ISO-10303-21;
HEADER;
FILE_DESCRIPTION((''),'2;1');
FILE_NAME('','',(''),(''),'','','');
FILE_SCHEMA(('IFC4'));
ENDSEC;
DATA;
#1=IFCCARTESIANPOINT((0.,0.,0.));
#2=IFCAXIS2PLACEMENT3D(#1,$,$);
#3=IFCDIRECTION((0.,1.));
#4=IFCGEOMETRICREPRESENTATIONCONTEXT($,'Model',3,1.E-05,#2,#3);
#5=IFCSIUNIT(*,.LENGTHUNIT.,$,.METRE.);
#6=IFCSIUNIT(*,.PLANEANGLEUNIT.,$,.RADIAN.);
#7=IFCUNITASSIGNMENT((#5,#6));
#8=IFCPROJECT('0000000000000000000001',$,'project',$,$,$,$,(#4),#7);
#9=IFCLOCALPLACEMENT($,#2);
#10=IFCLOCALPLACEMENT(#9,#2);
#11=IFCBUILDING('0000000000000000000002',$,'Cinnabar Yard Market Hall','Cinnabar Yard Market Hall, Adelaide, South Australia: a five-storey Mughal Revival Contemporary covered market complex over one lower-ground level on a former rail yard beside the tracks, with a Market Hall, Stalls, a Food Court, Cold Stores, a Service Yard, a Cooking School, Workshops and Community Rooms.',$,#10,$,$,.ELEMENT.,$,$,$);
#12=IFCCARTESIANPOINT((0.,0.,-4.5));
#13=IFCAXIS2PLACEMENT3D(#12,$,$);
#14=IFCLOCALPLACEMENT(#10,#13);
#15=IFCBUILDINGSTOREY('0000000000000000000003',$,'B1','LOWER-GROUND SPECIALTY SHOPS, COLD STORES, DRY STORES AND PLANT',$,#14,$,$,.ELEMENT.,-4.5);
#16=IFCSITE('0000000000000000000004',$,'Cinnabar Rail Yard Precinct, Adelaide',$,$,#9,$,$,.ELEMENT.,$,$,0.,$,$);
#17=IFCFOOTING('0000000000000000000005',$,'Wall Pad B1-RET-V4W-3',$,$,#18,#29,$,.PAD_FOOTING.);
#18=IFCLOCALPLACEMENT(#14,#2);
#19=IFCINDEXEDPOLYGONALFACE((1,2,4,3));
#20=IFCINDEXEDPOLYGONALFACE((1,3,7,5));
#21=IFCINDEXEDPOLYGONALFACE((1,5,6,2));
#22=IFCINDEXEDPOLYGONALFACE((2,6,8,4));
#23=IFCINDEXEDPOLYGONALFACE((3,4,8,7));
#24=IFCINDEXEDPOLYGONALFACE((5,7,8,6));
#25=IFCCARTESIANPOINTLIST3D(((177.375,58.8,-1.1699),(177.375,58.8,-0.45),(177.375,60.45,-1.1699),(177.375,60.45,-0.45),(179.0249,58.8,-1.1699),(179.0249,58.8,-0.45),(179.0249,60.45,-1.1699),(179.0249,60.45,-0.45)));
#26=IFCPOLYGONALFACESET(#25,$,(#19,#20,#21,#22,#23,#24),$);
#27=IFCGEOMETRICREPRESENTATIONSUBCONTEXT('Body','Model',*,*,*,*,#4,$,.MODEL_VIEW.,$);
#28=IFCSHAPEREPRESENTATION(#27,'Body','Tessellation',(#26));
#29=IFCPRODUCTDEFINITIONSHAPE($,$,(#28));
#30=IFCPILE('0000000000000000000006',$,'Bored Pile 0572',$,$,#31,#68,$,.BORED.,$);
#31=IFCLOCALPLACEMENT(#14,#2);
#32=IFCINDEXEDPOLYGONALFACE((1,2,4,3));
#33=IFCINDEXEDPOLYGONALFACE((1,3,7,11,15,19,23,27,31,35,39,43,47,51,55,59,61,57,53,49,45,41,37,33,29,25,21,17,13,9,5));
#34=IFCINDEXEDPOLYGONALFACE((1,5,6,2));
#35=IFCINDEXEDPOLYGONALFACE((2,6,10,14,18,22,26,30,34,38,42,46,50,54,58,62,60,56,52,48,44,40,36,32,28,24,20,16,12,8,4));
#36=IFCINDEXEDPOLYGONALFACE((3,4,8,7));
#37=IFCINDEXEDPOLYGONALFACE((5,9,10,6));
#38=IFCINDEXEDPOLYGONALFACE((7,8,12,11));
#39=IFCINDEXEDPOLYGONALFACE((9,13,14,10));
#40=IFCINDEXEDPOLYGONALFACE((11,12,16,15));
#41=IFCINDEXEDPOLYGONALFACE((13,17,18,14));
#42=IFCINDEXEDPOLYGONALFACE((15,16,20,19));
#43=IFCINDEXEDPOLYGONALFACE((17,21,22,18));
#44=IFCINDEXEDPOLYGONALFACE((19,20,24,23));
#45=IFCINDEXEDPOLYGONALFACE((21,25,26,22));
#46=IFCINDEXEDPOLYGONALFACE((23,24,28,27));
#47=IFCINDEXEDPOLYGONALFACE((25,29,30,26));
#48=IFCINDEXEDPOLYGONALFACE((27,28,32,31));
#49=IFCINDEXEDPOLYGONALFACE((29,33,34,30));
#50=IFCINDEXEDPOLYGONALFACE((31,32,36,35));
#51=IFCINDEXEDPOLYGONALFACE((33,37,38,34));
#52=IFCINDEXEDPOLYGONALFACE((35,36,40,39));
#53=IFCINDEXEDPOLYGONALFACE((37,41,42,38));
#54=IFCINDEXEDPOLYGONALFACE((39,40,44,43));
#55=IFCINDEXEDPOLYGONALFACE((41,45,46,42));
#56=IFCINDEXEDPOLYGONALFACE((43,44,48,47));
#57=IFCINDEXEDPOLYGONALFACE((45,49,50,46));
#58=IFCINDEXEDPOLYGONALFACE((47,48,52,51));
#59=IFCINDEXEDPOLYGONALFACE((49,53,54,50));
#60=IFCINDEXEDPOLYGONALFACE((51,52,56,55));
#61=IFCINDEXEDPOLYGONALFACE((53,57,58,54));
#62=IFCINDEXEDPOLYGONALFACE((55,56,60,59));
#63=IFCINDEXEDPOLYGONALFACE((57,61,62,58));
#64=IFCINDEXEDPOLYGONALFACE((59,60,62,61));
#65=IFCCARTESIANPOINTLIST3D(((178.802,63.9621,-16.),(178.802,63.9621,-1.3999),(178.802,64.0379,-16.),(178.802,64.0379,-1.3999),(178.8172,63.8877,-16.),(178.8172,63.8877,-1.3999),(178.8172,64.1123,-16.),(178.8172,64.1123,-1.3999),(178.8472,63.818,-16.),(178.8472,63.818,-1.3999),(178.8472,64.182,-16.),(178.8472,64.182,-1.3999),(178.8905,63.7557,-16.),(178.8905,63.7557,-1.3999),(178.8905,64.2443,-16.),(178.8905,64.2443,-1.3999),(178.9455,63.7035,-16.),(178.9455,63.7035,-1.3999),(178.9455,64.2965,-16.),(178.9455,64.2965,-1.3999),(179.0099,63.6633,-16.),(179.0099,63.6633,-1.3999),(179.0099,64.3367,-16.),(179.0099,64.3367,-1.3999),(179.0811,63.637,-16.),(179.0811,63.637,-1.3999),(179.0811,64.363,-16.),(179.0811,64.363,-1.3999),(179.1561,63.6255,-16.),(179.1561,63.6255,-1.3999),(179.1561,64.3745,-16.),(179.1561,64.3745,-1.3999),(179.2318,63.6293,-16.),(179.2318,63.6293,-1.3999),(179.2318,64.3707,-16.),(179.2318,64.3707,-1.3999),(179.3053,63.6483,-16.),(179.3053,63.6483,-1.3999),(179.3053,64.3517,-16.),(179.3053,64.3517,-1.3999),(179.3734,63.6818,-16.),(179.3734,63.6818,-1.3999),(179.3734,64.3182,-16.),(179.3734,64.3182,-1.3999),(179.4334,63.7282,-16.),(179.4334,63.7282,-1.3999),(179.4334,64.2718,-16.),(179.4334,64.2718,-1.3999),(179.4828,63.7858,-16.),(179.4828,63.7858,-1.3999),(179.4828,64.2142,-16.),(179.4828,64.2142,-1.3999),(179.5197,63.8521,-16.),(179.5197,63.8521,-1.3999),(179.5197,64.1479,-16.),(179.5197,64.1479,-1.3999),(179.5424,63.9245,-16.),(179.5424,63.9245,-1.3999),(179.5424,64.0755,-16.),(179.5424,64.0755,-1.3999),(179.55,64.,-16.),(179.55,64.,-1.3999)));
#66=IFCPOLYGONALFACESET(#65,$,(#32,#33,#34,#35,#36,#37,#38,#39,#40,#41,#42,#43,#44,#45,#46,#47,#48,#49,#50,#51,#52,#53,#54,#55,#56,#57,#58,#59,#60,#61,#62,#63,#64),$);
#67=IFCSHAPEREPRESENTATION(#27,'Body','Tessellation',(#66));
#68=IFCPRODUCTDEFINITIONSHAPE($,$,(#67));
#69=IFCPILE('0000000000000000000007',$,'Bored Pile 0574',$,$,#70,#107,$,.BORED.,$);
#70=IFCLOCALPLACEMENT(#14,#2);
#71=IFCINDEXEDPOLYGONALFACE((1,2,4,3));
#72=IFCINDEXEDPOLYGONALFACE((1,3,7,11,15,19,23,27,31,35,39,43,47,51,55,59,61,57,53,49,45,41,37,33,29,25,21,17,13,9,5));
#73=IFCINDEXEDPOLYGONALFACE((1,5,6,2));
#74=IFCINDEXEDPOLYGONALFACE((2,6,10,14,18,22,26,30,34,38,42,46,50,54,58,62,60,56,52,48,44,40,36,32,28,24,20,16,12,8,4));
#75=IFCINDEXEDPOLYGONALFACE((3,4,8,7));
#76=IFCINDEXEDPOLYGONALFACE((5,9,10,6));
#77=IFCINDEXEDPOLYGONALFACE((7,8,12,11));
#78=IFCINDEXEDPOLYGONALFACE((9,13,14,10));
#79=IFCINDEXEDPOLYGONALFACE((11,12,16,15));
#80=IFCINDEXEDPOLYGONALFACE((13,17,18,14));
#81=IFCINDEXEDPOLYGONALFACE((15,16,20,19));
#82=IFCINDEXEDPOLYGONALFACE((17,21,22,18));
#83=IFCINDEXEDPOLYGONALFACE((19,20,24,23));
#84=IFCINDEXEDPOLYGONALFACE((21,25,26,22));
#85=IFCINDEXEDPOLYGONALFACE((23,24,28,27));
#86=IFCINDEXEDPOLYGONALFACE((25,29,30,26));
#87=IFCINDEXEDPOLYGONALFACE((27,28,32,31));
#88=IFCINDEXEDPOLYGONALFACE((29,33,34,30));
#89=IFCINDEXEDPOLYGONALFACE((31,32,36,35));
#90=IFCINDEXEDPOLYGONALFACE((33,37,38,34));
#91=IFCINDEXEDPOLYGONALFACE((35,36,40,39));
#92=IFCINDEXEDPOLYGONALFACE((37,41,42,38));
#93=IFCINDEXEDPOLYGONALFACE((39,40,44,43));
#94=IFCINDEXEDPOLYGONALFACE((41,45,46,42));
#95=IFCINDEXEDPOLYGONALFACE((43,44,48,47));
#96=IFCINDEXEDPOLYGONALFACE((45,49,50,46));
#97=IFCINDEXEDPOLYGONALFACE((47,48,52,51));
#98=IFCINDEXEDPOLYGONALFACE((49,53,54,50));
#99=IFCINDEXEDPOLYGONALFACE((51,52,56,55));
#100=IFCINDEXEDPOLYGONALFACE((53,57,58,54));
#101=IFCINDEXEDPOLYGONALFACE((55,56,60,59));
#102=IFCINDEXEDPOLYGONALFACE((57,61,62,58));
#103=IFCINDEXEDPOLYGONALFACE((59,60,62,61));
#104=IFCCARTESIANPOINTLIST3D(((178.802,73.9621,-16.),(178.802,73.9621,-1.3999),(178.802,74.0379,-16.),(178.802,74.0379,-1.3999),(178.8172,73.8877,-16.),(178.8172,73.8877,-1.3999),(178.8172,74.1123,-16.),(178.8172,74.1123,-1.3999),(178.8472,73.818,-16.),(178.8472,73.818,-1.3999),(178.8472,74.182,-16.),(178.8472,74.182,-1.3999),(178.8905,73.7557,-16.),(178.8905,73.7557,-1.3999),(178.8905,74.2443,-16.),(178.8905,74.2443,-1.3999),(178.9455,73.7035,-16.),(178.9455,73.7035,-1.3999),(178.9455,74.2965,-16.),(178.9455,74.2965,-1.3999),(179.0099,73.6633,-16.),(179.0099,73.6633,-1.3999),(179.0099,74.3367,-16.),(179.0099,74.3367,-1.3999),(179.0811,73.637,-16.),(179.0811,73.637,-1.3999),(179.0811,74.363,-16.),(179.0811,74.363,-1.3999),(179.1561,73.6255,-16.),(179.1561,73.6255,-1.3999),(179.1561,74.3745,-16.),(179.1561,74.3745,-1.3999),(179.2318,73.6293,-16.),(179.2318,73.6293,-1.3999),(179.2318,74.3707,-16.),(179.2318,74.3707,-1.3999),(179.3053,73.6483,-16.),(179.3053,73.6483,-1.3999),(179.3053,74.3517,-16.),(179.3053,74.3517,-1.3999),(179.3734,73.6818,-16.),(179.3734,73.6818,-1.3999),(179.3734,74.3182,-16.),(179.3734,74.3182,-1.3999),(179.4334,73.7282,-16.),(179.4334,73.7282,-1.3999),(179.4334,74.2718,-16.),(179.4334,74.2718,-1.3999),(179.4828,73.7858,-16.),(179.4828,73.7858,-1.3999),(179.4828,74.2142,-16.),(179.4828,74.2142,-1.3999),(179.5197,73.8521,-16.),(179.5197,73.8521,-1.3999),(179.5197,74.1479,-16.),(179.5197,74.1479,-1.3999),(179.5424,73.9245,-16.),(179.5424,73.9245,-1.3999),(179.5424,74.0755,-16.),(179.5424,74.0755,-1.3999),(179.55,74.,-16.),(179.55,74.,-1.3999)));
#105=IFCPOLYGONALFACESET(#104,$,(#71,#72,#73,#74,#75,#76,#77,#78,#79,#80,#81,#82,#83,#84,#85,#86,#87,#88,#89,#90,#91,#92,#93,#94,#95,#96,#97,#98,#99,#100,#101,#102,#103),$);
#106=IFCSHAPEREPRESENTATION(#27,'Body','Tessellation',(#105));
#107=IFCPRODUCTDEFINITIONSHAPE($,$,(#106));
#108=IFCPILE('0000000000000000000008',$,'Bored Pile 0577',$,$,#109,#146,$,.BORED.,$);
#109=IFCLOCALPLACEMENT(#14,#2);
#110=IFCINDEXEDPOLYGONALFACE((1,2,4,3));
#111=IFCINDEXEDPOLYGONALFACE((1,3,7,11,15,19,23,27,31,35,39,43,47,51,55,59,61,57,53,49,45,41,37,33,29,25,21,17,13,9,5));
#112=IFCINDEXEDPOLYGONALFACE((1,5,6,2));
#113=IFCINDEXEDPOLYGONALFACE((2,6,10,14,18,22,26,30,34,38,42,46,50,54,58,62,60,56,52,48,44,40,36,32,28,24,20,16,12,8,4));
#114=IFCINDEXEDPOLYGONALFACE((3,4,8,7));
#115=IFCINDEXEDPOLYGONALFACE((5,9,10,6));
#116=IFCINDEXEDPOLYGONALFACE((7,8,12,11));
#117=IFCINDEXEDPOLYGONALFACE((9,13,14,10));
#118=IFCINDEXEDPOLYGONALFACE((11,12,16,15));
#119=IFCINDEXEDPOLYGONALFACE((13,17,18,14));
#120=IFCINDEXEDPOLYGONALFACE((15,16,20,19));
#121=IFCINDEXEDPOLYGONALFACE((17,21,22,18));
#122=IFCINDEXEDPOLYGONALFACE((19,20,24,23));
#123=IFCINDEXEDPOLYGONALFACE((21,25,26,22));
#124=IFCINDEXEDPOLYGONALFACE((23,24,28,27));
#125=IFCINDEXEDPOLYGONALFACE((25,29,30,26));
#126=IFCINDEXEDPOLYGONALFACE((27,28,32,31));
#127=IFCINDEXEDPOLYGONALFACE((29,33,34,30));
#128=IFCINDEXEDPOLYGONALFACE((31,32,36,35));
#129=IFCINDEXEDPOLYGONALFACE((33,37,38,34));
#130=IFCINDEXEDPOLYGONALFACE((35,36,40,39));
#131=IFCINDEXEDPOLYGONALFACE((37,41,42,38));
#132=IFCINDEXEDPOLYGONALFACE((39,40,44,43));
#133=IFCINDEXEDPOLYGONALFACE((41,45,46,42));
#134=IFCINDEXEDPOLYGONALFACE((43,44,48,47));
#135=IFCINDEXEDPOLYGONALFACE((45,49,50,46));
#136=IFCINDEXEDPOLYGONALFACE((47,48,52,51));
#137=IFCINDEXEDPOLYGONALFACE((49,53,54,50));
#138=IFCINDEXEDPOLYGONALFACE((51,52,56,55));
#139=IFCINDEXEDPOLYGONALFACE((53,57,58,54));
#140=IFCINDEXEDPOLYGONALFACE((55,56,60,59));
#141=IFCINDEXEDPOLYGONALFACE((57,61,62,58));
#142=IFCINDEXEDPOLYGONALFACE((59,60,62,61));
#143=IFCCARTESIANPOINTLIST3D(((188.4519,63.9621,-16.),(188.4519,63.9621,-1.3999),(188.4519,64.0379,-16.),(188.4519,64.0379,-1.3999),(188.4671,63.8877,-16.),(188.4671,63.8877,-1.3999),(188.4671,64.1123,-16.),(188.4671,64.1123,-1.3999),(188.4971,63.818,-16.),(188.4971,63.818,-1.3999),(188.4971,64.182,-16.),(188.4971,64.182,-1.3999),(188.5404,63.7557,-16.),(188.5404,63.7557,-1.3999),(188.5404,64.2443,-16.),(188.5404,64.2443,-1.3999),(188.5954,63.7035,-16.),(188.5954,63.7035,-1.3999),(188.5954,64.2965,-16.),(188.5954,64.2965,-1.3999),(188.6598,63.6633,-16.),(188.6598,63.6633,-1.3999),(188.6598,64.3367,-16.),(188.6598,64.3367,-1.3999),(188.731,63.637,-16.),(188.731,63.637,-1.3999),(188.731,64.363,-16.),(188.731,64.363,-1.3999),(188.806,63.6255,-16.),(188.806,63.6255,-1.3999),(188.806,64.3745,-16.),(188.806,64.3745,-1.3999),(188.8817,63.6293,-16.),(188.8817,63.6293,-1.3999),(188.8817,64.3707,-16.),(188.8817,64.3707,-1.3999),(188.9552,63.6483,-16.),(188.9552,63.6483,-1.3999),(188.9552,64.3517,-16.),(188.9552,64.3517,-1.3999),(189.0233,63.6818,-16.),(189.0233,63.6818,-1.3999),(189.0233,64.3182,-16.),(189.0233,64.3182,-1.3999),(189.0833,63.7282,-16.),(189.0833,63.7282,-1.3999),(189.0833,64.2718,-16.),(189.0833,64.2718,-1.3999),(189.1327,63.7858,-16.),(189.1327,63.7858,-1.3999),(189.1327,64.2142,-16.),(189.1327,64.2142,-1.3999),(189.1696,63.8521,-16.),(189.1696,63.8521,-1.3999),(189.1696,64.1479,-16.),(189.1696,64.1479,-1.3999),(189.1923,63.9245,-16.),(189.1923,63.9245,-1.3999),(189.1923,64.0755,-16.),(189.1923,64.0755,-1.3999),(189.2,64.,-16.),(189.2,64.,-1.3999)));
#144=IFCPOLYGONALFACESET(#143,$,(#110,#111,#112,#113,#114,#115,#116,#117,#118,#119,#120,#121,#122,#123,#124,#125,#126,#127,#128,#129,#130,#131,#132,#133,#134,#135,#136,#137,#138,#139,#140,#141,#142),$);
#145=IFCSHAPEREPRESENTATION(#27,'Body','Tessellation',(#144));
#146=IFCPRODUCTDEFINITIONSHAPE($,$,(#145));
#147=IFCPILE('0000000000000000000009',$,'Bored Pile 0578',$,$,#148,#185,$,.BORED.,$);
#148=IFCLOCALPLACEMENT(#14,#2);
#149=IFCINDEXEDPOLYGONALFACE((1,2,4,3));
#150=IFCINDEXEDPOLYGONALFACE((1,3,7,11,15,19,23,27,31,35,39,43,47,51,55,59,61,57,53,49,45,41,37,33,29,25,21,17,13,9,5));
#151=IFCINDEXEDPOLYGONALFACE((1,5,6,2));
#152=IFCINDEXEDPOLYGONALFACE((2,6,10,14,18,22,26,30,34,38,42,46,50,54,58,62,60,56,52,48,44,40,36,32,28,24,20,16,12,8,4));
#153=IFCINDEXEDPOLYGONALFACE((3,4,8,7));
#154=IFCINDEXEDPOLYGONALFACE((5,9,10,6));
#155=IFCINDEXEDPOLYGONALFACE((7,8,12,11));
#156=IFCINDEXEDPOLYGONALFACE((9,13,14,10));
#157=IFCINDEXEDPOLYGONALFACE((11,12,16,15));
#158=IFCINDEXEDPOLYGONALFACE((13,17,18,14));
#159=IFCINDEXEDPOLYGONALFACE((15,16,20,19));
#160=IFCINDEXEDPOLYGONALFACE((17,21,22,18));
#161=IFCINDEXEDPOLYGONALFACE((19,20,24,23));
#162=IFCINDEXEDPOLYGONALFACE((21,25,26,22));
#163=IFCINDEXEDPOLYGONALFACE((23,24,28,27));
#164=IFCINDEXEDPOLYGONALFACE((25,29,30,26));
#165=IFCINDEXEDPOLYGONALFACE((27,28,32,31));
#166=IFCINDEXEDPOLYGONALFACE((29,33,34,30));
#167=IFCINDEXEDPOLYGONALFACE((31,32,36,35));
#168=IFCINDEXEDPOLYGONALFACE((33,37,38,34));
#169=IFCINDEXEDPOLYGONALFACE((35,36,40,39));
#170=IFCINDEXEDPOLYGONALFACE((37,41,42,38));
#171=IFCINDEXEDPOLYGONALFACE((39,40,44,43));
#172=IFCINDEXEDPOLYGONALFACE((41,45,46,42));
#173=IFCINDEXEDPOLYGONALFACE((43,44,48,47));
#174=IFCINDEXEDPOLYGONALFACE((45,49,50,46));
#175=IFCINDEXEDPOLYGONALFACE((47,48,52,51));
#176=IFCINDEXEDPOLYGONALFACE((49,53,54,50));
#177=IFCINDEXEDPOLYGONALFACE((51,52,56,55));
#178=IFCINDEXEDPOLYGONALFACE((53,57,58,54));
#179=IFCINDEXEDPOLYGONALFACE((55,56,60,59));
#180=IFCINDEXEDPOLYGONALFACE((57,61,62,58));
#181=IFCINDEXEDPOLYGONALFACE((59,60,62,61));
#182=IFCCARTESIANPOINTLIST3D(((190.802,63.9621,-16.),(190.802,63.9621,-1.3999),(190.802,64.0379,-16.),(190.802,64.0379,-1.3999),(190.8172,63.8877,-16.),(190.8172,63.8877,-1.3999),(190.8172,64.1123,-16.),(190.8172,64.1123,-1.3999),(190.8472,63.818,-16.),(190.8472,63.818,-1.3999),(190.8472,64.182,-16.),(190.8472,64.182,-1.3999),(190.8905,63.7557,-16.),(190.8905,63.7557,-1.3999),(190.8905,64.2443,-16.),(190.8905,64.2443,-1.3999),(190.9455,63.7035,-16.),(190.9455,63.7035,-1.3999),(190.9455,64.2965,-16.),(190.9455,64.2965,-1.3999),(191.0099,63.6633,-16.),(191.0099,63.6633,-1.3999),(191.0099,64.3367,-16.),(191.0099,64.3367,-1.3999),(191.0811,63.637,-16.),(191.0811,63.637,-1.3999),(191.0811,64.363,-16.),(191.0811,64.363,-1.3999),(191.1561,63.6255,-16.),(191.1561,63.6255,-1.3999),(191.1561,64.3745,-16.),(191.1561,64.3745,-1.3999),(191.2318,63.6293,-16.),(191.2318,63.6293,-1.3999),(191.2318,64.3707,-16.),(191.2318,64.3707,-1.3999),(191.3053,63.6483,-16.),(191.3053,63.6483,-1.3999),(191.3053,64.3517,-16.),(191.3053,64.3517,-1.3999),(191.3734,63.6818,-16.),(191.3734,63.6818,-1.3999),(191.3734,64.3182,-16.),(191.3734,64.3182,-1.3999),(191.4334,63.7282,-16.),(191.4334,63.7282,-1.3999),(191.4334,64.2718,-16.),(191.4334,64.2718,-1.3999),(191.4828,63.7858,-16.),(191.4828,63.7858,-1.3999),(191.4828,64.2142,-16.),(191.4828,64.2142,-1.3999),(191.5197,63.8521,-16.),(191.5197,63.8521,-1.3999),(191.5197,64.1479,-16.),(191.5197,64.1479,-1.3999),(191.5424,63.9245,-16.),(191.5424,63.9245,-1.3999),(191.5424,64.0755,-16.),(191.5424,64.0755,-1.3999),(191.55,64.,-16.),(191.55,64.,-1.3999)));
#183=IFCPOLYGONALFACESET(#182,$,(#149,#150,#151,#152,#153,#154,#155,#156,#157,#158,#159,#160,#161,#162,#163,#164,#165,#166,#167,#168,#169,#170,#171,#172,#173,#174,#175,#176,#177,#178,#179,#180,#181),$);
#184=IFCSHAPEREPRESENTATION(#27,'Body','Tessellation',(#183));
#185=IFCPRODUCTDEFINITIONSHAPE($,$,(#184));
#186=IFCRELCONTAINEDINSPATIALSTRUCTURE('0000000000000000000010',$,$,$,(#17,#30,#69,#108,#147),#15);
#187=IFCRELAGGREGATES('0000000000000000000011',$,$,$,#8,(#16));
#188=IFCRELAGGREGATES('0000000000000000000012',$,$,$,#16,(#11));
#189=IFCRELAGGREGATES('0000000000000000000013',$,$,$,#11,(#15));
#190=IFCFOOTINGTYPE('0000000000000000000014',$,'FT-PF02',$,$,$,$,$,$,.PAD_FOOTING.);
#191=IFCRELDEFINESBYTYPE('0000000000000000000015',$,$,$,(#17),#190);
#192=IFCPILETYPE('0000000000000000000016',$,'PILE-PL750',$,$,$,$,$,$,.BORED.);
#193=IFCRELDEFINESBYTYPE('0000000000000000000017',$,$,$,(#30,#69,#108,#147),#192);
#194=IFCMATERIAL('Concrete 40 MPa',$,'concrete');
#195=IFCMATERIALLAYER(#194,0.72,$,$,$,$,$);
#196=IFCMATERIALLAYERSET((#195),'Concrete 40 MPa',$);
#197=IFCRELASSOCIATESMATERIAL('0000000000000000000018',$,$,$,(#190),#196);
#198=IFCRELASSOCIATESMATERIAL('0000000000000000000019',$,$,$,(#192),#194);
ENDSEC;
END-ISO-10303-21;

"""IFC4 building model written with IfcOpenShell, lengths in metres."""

from ifc_helpers import new_model, si_unit, direction, frame, origin, origin_2d_with_axis, place, context, subcontext, project, spatial, rectangle, circle, extrude, material, layer, layer_set, material_profile, profile_set, type_object, element, save


model = new_model("IFC4")

# Units and contexts
model_context = context("Model", 3, precision=1e-05, world=origin(), true_north=direction((0.0, 1.0)))
body_context = subcontext(model_context, "Body", "Model", "MODEL_VIEW")
ifc_project = project(units=[si_unit("LENGTHUNIT", "METRE"), si_unit("PLANEANGLEUNIT", "RADIAN")], contexts=[model_context])

# Site, building, storey
site_placement = place(None, origin())
site = spatial("IfcSite", under=ifc_project, at=site_placement, Name="Cinnabar Rail Yard Precinct, Adelaide", CompositionType="ELEMENT", RefElevation=0.0)
building_placement = place(site_placement, origin())
building = spatial("IfcBuilding", under=site, at=building_placement, Name="Cinnabar Yard Market Hall", Description="Cinnabar Yard Market Hall, Adelaide, South Australia: a five-storey Mughal Revival Contemporary covered market complex over one lower-ground level on a former rail yard beside the tracks, with a Market Hall, Stalls, a Food Court, Cold Stores, a Service Yard, a Cooking School, Workshops and Community Rooms.", CompositionType="ELEMENT")
storey_placement = place(building_placement, frame((0.0, 0.0, -4.5)))
storey = spatial("IfcBuildingStorey", under=building, at=storey_placement, Name="B1", Description="LOWER-GROUND SPECIALTY SHOPS, COLD STORES, DRY STORES AND PLANT", CompositionType="ELEMENT", Elevation=-4.5)

# Footing
ifc_material_1 = material(Name="Concrete 40 MPa", Category="concrete")
ifc_layer_1 = layer(ifc_material_1, 0.72)
ifc_layer_set_1 = layer_set([ifc_layer_1], Name="Concrete 40 MPa")
footing_type_1 = type_object("IfcFootingType", Name="FT-PF02", PredefinedType="PAD_FOOTING", material=ifc_layer_set_1)
for number, where, z_axis, x_axis, name in (
    (1, (178.2, 59.625, -1.1699), (0.0, 0.0, 1.0), (1.0, 0.0, 0.0), "Wall Pad B1-RET-V4W-3"),
):
    element("IfcFooting", number, at=place(storey_placement, frame(where, z_axis=z_axis, x_axis=x_axis)), inside=storey, type_object=footing_type_1, Name=name, PredefinedType="PAD_FOOTING", context=body_context, shape_type="SweptSolid", body=[
        extrude(rectangle(XDim=1.6499, YDim=1.6499, at=origin_2d_with_axis()), origin(), (0.0, 0.0, 1.0), 0.72),
    ])

# Piles
ifc_material_profile_1 = material_profile(ifc_material_1, circle(Radius=0.375, at=origin_2d_with_axis()), Name="PILE-D750")
ifc_profile_set_1 = profile_set([ifc_material_profile_1], Name="Concrete 40 MPa")
pile_type = type_object("IfcPileType", Name="PILE-PL750", PredefinedType="BORED", material=ifc_profile_set_1)
for number, where, z_axis, x_axis, name in (
    (2, (179.175, 64.0, -1.3999), (0.0, 0.0, -1.0), (1.0, 0.0, 0.0), "Bored Pile 0572"),
    (3, (179.175, 74.0, -1.3999), (0.0, 0.0, -1.0), (1.0, 0.0, 0.0), "Bored Pile 0574"),
    (4, (188.825, 64.0, -1.3999), (0.0, 0.0, -1.0), (1.0, 0.0, 0.0), "Bored Pile 0577"),
    (5, (191.175, 64.0, -1.3999), (0.0, 0.0, -1.0), (1.0, 0.0, 0.0), "Bored Pile 0578"),
):
    element("IfcPile", number, at=place(storey_placement, frame(where, z_axis=z_axis, x_axis=x_axis)), inside=storey, type_object=pile_type, Name=name, PredefinedType="BORED", context=body_context, shape_type="SweptSolid", body=[
        extrude(circle(Radius=0.375, at=origin_2d_with_axis()), origin(), (0.0, 0.0, 1.0), 14.6001),
    ])

save(model, "model.ifc")
